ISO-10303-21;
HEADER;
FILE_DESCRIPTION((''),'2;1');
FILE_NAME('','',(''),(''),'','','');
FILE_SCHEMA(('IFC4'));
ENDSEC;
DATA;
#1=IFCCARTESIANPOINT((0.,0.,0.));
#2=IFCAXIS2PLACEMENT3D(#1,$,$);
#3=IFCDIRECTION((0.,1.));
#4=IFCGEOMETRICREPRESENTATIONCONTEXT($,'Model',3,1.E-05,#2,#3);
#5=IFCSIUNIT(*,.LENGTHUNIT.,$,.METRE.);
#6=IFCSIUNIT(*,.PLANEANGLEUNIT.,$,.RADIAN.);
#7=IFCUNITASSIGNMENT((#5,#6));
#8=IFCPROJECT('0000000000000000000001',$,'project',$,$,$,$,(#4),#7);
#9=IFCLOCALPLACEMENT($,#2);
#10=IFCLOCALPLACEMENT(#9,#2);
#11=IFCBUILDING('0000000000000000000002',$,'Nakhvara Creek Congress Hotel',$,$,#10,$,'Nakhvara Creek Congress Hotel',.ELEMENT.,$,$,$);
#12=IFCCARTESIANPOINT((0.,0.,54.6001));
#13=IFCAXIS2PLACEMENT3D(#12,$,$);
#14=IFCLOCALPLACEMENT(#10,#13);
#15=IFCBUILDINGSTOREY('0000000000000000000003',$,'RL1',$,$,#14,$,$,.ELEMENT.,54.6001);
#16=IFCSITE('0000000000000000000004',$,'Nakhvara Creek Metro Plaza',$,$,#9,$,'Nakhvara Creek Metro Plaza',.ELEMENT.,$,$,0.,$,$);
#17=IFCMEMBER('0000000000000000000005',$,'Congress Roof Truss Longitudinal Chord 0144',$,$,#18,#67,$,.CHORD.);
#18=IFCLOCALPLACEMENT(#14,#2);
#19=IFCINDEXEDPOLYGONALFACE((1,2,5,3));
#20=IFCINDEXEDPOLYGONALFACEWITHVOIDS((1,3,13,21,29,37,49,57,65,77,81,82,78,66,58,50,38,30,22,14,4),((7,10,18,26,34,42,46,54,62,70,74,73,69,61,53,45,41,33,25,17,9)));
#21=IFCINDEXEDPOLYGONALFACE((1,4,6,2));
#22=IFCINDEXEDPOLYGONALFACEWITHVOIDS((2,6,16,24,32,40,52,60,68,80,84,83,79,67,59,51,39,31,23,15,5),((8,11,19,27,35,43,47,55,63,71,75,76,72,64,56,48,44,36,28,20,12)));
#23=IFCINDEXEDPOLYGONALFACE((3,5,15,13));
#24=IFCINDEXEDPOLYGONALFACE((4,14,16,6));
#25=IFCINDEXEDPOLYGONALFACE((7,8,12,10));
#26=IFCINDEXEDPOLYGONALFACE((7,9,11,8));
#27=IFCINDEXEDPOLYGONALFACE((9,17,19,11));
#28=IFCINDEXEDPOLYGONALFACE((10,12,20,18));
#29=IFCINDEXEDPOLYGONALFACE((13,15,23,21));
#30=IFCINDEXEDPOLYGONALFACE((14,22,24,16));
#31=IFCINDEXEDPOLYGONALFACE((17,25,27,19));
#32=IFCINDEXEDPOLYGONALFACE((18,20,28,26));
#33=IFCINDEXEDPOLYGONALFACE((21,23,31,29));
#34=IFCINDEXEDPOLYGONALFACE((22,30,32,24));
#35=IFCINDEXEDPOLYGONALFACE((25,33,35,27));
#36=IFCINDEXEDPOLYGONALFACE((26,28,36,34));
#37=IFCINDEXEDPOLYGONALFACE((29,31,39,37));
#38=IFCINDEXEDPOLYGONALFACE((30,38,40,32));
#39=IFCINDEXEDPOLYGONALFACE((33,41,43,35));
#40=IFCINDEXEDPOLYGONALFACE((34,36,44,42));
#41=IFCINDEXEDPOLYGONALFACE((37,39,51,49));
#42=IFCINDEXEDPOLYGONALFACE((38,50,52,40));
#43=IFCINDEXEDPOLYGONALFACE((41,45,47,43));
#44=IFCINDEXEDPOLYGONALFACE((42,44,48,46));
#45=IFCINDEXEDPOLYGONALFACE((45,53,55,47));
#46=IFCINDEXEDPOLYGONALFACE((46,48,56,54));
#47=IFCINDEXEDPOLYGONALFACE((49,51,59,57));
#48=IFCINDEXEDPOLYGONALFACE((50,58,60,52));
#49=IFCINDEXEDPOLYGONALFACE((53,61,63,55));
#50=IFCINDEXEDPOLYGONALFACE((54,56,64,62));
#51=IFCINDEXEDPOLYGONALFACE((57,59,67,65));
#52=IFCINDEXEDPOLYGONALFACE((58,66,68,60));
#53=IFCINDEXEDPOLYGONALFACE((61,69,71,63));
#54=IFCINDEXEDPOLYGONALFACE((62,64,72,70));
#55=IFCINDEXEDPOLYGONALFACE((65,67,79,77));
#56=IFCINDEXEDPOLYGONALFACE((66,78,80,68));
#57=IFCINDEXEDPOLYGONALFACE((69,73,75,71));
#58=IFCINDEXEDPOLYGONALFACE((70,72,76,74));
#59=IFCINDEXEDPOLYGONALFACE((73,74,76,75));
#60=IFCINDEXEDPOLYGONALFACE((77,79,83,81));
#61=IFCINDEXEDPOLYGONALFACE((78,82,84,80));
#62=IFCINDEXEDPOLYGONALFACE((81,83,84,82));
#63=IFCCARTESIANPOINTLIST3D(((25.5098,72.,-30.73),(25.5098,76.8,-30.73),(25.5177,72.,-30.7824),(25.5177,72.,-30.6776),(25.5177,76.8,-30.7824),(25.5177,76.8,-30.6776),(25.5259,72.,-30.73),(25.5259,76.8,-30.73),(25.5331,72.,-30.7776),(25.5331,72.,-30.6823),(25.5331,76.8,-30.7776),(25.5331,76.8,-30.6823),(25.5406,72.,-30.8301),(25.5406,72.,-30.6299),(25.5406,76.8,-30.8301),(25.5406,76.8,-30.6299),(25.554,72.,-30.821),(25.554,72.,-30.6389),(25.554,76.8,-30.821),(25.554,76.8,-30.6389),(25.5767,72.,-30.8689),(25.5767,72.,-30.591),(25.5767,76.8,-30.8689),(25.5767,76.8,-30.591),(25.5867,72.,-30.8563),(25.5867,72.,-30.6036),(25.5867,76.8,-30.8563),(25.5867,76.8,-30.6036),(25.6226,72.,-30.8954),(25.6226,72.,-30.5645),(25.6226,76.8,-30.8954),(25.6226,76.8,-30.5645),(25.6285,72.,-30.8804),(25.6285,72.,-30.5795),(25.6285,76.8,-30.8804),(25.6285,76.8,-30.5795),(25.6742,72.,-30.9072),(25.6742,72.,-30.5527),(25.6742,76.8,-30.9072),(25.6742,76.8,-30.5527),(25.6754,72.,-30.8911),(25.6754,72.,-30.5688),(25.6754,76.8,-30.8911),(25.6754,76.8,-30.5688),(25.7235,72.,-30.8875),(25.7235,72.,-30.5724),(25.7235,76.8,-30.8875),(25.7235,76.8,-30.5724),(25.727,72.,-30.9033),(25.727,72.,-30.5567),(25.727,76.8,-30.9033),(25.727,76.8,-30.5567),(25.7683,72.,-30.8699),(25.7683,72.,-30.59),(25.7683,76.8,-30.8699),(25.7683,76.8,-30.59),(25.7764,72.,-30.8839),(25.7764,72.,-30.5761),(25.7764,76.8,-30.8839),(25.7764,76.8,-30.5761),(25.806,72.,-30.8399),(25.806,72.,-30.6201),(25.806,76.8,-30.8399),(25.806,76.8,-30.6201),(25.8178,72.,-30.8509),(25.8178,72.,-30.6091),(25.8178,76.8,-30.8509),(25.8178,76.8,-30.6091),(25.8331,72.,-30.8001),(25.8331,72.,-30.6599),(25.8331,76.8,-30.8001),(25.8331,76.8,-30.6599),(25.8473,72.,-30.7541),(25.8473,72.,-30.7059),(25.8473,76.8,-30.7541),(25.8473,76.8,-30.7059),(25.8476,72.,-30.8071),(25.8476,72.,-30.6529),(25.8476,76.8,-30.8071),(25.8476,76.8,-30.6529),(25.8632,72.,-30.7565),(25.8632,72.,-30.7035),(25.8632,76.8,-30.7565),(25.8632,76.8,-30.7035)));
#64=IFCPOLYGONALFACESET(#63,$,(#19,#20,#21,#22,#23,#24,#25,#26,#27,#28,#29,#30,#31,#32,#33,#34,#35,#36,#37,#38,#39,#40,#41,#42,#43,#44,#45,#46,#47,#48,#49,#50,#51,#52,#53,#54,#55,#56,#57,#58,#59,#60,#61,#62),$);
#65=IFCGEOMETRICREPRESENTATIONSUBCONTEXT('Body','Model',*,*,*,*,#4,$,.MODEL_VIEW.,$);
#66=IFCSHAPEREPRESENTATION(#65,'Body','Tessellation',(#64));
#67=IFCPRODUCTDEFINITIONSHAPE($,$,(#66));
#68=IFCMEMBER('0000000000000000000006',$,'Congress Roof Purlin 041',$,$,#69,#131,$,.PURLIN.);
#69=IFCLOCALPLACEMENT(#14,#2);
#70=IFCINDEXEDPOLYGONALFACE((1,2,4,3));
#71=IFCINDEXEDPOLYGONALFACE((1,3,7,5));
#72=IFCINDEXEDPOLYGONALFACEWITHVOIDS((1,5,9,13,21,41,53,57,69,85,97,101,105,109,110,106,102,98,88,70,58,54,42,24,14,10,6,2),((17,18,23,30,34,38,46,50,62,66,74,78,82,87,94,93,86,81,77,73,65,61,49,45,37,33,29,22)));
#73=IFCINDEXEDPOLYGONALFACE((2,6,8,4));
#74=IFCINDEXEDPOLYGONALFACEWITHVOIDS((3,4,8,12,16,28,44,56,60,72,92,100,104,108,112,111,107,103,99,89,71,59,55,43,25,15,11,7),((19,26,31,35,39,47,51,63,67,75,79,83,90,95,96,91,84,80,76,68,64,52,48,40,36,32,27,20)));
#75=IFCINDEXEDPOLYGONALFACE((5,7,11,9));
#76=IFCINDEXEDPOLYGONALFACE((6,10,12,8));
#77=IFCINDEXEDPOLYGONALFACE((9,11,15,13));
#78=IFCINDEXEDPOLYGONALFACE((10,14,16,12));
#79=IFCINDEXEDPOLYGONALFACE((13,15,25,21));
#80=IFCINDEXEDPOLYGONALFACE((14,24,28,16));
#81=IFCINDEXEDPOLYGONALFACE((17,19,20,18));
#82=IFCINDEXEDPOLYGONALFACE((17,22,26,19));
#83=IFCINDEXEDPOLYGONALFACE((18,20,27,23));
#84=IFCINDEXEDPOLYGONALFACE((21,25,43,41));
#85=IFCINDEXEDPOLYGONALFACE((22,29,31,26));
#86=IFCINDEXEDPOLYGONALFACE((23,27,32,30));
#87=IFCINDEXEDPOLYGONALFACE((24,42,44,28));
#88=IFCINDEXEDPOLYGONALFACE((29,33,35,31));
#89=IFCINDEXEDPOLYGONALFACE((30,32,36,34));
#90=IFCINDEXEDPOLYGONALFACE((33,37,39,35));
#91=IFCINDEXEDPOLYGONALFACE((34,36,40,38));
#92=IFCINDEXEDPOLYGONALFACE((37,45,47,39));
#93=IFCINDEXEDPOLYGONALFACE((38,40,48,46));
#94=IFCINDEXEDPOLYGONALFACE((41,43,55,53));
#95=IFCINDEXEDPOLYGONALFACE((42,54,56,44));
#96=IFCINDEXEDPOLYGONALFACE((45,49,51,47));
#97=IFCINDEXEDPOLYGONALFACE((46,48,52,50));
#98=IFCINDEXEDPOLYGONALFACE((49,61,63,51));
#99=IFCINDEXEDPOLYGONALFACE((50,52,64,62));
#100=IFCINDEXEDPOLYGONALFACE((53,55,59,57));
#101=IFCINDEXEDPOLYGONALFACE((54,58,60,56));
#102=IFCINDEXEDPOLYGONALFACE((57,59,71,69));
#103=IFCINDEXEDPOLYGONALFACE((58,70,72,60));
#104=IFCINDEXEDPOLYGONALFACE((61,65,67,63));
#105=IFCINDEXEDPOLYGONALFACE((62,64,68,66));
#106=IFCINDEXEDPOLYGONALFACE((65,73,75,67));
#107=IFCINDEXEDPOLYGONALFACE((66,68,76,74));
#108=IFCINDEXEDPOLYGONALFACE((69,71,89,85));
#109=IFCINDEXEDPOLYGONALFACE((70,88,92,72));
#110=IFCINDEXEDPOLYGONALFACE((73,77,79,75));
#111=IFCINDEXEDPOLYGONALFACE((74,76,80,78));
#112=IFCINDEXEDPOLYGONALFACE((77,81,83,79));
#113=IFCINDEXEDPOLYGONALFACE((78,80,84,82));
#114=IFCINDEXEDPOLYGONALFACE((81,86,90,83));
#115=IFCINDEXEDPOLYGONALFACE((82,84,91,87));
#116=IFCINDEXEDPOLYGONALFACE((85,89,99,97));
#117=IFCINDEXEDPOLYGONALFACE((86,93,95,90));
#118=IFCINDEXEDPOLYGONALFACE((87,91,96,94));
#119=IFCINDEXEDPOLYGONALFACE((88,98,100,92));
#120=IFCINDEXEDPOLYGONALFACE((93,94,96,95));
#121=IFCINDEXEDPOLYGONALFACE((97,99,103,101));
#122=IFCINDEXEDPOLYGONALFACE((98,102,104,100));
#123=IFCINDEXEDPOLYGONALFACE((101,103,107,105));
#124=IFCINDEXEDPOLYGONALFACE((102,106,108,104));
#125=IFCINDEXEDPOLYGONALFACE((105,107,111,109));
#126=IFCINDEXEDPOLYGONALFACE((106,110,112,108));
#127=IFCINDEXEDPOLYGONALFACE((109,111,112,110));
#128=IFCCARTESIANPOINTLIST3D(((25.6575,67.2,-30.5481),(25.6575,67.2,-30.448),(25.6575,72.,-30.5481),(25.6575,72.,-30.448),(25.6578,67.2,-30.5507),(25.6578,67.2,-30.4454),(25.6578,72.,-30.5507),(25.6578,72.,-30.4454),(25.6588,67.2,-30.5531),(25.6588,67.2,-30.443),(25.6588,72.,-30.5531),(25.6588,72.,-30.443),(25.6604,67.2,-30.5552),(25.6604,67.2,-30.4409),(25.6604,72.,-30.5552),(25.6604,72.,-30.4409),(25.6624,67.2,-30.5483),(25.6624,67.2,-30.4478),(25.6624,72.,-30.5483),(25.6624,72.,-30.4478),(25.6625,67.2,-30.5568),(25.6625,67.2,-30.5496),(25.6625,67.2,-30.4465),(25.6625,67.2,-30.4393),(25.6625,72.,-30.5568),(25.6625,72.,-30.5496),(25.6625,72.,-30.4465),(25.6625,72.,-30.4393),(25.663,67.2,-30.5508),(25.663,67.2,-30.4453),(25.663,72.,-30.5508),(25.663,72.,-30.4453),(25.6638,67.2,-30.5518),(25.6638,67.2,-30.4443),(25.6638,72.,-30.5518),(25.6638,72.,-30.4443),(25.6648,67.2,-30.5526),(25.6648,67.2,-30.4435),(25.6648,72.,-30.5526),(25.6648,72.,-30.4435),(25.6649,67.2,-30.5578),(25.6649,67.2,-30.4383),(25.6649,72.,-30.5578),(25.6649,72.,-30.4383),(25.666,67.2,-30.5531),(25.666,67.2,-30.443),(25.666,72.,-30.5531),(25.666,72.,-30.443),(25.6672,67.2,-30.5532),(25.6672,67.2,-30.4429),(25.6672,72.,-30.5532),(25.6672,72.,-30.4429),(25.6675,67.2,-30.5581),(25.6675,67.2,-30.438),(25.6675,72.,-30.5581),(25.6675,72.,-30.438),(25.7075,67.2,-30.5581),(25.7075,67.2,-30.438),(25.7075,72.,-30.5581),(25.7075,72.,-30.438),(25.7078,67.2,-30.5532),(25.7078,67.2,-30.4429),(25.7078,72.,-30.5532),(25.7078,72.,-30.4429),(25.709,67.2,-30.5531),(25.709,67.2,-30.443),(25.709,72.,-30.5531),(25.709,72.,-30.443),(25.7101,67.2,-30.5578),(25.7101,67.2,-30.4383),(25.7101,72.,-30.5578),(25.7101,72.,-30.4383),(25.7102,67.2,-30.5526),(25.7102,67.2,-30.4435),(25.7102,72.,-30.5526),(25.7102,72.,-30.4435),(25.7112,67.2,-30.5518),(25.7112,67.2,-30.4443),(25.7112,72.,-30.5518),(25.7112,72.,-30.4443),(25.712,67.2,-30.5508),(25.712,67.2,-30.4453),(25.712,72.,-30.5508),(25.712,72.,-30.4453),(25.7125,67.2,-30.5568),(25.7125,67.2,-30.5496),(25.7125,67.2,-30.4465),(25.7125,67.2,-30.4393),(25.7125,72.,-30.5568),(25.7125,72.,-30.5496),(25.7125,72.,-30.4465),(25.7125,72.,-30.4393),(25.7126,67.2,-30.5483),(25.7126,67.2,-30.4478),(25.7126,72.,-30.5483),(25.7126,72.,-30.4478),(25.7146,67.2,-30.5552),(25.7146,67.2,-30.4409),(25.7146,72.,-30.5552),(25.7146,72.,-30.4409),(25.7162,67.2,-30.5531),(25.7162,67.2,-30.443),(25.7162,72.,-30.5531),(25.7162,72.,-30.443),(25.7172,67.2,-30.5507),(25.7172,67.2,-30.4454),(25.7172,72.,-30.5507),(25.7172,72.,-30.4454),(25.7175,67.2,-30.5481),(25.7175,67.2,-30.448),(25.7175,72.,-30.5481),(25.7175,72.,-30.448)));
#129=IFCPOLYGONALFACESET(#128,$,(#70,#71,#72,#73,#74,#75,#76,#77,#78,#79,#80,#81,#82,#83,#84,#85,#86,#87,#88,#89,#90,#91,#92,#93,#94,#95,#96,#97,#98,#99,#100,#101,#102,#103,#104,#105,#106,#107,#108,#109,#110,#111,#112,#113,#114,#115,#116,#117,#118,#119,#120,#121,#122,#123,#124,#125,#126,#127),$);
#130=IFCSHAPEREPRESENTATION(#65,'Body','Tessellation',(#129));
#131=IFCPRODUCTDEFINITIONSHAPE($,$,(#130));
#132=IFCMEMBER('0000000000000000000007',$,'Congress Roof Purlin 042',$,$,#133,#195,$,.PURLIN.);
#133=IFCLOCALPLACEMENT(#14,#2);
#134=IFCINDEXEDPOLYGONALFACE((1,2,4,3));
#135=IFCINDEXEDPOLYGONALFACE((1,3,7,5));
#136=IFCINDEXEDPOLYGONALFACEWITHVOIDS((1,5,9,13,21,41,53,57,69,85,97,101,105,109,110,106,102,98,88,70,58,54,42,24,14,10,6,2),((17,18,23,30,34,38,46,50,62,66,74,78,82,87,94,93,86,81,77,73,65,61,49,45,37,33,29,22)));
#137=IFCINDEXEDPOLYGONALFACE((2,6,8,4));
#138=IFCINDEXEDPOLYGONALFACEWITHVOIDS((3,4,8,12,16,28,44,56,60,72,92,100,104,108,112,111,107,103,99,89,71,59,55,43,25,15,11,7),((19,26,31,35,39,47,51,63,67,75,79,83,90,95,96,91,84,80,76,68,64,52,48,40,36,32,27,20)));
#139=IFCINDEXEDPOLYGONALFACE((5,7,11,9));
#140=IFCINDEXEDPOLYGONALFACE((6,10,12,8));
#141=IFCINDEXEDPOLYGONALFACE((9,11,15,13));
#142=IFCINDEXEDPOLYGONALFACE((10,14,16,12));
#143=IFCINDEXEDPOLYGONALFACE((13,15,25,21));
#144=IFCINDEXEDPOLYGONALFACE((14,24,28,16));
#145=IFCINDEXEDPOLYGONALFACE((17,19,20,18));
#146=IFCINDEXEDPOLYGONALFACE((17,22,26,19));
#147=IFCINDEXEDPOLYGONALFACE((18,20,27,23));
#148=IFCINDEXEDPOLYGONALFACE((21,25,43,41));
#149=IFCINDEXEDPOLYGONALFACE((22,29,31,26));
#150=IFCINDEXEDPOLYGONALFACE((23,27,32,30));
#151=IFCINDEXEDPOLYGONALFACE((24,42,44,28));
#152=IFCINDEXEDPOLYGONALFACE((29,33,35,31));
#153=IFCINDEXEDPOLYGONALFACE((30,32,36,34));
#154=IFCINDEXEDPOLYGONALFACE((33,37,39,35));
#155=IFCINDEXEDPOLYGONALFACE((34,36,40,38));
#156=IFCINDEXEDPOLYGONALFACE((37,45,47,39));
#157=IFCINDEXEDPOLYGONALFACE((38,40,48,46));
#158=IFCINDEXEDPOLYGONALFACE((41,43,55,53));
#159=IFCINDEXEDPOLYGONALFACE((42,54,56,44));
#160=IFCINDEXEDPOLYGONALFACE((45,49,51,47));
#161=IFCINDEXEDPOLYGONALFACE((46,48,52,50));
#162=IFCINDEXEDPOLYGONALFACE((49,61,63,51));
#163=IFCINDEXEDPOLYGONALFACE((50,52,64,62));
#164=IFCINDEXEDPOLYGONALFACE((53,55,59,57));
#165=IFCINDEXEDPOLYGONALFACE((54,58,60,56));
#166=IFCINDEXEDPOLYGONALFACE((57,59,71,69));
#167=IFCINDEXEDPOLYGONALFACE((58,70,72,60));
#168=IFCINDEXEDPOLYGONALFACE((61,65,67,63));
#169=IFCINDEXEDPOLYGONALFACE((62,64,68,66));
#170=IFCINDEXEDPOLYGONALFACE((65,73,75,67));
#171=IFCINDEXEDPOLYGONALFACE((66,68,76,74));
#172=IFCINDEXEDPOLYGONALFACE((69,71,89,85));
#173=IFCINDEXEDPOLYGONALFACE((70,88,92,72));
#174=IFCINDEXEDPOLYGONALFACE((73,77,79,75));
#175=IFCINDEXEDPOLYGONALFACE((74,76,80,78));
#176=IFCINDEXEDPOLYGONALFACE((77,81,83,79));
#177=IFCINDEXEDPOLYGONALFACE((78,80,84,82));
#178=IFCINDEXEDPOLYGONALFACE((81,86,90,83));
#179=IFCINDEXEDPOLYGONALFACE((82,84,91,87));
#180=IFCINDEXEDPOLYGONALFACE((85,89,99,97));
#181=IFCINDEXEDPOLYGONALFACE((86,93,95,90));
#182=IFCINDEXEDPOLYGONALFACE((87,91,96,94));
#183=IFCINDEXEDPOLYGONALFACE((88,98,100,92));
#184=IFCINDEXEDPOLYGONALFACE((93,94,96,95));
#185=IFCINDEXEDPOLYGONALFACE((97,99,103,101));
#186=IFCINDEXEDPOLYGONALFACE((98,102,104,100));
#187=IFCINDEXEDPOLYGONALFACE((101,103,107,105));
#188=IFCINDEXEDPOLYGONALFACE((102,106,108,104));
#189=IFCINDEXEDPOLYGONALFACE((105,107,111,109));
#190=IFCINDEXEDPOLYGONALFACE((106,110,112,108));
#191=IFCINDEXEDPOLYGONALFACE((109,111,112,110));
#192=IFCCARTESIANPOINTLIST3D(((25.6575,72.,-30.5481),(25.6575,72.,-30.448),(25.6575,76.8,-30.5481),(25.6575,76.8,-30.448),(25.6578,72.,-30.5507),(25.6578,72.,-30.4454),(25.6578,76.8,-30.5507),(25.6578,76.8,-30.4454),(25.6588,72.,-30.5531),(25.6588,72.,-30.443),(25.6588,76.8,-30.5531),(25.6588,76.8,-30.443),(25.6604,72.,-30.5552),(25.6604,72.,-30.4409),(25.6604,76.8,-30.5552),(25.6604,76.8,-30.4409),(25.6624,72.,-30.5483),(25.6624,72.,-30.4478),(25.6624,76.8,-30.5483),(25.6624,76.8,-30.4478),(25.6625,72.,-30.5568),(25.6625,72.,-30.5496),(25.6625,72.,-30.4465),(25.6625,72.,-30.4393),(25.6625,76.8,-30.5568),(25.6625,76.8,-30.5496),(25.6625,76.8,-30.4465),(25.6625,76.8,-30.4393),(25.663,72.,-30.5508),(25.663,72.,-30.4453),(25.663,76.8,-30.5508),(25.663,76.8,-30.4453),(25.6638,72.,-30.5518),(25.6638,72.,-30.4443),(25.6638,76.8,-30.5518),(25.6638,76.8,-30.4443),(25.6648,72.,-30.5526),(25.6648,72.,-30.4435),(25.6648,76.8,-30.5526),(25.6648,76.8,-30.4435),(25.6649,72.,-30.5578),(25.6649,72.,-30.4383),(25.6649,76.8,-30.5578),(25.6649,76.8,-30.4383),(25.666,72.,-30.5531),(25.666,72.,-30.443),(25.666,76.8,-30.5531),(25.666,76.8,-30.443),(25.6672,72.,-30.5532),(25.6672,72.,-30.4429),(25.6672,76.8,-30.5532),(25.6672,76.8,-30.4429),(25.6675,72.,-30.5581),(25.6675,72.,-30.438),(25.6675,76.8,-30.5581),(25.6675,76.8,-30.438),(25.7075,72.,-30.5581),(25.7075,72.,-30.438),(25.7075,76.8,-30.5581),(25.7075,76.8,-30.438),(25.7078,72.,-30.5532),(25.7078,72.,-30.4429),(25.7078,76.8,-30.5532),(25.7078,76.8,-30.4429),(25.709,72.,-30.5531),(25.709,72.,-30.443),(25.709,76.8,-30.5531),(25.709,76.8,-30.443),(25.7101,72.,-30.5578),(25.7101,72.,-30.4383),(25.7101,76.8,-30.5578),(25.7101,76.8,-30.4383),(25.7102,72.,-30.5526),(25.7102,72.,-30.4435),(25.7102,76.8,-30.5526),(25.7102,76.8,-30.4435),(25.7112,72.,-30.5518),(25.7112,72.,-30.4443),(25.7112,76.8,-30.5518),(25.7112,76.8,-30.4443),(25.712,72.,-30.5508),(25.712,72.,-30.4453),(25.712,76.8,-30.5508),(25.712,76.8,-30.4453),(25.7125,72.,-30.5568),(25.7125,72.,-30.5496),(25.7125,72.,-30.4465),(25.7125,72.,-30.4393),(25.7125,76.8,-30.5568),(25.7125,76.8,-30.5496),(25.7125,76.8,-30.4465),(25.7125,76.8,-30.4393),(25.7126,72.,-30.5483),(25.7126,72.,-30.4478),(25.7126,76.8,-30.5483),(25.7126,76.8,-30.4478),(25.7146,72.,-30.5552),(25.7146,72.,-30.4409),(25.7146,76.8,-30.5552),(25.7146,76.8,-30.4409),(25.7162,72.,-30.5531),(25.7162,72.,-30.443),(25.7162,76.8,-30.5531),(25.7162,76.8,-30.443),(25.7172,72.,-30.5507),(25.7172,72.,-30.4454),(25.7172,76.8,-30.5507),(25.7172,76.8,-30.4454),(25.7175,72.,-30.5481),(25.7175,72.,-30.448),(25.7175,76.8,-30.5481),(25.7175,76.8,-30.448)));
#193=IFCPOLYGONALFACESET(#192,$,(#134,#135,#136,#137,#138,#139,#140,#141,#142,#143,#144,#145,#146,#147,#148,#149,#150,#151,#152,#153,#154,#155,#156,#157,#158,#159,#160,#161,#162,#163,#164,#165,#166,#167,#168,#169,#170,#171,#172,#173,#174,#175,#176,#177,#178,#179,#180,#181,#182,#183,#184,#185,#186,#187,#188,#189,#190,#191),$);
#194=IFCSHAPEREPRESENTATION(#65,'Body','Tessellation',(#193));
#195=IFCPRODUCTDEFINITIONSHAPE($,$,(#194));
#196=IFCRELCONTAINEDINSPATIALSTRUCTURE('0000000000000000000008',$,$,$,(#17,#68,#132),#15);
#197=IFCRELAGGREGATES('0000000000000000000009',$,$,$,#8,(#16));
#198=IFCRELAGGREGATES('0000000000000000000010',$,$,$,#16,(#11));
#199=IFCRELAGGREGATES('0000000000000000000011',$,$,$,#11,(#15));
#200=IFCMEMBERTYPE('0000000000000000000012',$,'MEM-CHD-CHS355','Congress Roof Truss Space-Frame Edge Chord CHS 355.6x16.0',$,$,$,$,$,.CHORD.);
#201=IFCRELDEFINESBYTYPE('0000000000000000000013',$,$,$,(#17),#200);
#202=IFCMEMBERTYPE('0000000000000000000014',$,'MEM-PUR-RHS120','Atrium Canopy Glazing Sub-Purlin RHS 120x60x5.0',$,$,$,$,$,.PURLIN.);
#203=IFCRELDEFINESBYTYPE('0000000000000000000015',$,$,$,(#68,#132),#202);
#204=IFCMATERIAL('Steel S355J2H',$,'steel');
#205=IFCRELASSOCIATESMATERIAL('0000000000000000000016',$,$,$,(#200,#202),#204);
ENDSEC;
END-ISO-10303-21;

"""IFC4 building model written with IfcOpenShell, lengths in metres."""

from ifc_helpers import new_model, si_unit, direction, frame, origin, origin_2d, place, context, subcontext, project, spatial, hollow_rectangle, hollow_circle, extrude, material, material_profile, profile_set, type_object, element, save


model = new_model("IFC4")

# Units and contexts
model_context = context("Model", 3, precision=1e-05, world=origin(), true_north=direction((0.0, 1.0)))
body_context = subcontext(model_context, "Body", "Model", "MODEL_VIEW")
ifc_project = project(units=[si_unit("LENGTHUNIT", "METRE"), si_unit("PLANEANGLEUNIT", "RADIAN")], contexts=[model_context])

# Site, building, storey
site_placement = place(None, origin())
site = spatial("IfcSite", under=ifc_project, at=site_placement, Name="Nakhvara Creek Metro Plaza", LongName="Nakhvara Creek Metro Plaza", CompositionType="ELEMENT", RefElevation=0.0)
building_placement = place(site_placement, origin())
building = spatial("IfcBuilding", under=site, at=building_placement, Name="Nakhvara Creek Congress Hotel", LongName="Nakhvara Creek Congress Hotel", CompositionType="ELEMENT")
storey_placement = place(building_placement, frame((0.0, 0.0, 54.6001)))
storey = spatial("IfcBuildingStorey", under=building, at=storey_placement, Name="RL1", CompositionType="ELEMENT", Elevation=54.6001)

# Members
ifc_material_1 = material(Name="Steel S355J2H", Category="steel")
ifc_material_profile_1 = material_profile(ifc_material_1, hollow_circle(Radius=0.1777, WallThickness=0.0161, at=origin_2d()), Name="CHS 355.6x16.0", Category="LoadBearing")
ifc_profile_set_1 = profile_set([ifc_material_profile_1], Name="Steel S355J2H")
member_type_1 = type_object("IfcMemberType", Name="MEM-CHD-CHS355", Description="Congress Roof Truss Space-Frame Edge Chord CHS 355.6x16.0", PredefinedType="CHORD", material=ifc_profile_set_1)
for number, where, z_axis, x_axis, name in (
    (1, (25.6875, 72.0, -30.73), (0.0, 1.0, 0.0), (-1.0, 0.0, 0.0), "Congress Roof Truss Longitudinal Chord 0144"),
):
    element("IfcMember", number, at=place(storey_placement, frame(where, z_axis=z_axis, x_axis=x_axis)), inside=storey, type_object=member_type_1, Name=name, PredefinedType="CHORD", context=body_context, shape_type="SweptSolid", body=[
        extrude(hollow_circle(Radius=0.1777, WallThickness=0.0161, at=origin_2d()), origin(), (0.0, 0.0, 1.0), 4.8),
    ])
ifc_material_profile_2 = material_profile(ifc_material_1, hollow_rectangle(XDim=0.0601, YDim=0.1201, WallThickness=0.0049, InnerFilletRadius=0.0049, OuterFilletRadius=0.01, at=origin_2d()), Name="RHS 120x60x5.0", Category="LoadBearing")
ifc_profile_set_2 = profile_set([ifc_material_profile_2], Name="Steel S355J2H")
member_type_2 = type_object("IfcMemberType", Name="MEM-PUR-RHS120", Description="Atrium Canopy Glazing Sub-Purlin RHS 120x60x5.0", PredefinedType="PURLIN", material=ifc_profile_set_2)
for number, where, z_axis, x_axis, name in (
    (2, (25.6875, 67.2, -30.498), (0.0, 1.0, 0.0), (-1.0, 0.0, 0.0), "Congress Roof Purlin 041"),
    (3, (25.6875, 72.0, -30.498), (0.0, 1.0, 0.0), (-1.0, 0.0, 0.0), "Congress Roof Purlin 042"),
):
    element("IfcMember", number, at=place(storey_placement, frame(where, z_axis=z_axis, x_axis=x_axis)), inside=storey, type_object=member_type_2, Name=name, PredefinedType="PURLIN", context=body_context, shape_type="SweptSolid", body=[
        extrude(hollow_rectangle(XDim=0.0601, YDim=0.1201, WallThickness=0.0049, InnerFilletRadius=0.0049, OuterFilletRadius=0.01, at=origin_2d()), origin(), (0.0, 0.0, 1.0), 4.8),
    ])

save(model, "model.ifc")
